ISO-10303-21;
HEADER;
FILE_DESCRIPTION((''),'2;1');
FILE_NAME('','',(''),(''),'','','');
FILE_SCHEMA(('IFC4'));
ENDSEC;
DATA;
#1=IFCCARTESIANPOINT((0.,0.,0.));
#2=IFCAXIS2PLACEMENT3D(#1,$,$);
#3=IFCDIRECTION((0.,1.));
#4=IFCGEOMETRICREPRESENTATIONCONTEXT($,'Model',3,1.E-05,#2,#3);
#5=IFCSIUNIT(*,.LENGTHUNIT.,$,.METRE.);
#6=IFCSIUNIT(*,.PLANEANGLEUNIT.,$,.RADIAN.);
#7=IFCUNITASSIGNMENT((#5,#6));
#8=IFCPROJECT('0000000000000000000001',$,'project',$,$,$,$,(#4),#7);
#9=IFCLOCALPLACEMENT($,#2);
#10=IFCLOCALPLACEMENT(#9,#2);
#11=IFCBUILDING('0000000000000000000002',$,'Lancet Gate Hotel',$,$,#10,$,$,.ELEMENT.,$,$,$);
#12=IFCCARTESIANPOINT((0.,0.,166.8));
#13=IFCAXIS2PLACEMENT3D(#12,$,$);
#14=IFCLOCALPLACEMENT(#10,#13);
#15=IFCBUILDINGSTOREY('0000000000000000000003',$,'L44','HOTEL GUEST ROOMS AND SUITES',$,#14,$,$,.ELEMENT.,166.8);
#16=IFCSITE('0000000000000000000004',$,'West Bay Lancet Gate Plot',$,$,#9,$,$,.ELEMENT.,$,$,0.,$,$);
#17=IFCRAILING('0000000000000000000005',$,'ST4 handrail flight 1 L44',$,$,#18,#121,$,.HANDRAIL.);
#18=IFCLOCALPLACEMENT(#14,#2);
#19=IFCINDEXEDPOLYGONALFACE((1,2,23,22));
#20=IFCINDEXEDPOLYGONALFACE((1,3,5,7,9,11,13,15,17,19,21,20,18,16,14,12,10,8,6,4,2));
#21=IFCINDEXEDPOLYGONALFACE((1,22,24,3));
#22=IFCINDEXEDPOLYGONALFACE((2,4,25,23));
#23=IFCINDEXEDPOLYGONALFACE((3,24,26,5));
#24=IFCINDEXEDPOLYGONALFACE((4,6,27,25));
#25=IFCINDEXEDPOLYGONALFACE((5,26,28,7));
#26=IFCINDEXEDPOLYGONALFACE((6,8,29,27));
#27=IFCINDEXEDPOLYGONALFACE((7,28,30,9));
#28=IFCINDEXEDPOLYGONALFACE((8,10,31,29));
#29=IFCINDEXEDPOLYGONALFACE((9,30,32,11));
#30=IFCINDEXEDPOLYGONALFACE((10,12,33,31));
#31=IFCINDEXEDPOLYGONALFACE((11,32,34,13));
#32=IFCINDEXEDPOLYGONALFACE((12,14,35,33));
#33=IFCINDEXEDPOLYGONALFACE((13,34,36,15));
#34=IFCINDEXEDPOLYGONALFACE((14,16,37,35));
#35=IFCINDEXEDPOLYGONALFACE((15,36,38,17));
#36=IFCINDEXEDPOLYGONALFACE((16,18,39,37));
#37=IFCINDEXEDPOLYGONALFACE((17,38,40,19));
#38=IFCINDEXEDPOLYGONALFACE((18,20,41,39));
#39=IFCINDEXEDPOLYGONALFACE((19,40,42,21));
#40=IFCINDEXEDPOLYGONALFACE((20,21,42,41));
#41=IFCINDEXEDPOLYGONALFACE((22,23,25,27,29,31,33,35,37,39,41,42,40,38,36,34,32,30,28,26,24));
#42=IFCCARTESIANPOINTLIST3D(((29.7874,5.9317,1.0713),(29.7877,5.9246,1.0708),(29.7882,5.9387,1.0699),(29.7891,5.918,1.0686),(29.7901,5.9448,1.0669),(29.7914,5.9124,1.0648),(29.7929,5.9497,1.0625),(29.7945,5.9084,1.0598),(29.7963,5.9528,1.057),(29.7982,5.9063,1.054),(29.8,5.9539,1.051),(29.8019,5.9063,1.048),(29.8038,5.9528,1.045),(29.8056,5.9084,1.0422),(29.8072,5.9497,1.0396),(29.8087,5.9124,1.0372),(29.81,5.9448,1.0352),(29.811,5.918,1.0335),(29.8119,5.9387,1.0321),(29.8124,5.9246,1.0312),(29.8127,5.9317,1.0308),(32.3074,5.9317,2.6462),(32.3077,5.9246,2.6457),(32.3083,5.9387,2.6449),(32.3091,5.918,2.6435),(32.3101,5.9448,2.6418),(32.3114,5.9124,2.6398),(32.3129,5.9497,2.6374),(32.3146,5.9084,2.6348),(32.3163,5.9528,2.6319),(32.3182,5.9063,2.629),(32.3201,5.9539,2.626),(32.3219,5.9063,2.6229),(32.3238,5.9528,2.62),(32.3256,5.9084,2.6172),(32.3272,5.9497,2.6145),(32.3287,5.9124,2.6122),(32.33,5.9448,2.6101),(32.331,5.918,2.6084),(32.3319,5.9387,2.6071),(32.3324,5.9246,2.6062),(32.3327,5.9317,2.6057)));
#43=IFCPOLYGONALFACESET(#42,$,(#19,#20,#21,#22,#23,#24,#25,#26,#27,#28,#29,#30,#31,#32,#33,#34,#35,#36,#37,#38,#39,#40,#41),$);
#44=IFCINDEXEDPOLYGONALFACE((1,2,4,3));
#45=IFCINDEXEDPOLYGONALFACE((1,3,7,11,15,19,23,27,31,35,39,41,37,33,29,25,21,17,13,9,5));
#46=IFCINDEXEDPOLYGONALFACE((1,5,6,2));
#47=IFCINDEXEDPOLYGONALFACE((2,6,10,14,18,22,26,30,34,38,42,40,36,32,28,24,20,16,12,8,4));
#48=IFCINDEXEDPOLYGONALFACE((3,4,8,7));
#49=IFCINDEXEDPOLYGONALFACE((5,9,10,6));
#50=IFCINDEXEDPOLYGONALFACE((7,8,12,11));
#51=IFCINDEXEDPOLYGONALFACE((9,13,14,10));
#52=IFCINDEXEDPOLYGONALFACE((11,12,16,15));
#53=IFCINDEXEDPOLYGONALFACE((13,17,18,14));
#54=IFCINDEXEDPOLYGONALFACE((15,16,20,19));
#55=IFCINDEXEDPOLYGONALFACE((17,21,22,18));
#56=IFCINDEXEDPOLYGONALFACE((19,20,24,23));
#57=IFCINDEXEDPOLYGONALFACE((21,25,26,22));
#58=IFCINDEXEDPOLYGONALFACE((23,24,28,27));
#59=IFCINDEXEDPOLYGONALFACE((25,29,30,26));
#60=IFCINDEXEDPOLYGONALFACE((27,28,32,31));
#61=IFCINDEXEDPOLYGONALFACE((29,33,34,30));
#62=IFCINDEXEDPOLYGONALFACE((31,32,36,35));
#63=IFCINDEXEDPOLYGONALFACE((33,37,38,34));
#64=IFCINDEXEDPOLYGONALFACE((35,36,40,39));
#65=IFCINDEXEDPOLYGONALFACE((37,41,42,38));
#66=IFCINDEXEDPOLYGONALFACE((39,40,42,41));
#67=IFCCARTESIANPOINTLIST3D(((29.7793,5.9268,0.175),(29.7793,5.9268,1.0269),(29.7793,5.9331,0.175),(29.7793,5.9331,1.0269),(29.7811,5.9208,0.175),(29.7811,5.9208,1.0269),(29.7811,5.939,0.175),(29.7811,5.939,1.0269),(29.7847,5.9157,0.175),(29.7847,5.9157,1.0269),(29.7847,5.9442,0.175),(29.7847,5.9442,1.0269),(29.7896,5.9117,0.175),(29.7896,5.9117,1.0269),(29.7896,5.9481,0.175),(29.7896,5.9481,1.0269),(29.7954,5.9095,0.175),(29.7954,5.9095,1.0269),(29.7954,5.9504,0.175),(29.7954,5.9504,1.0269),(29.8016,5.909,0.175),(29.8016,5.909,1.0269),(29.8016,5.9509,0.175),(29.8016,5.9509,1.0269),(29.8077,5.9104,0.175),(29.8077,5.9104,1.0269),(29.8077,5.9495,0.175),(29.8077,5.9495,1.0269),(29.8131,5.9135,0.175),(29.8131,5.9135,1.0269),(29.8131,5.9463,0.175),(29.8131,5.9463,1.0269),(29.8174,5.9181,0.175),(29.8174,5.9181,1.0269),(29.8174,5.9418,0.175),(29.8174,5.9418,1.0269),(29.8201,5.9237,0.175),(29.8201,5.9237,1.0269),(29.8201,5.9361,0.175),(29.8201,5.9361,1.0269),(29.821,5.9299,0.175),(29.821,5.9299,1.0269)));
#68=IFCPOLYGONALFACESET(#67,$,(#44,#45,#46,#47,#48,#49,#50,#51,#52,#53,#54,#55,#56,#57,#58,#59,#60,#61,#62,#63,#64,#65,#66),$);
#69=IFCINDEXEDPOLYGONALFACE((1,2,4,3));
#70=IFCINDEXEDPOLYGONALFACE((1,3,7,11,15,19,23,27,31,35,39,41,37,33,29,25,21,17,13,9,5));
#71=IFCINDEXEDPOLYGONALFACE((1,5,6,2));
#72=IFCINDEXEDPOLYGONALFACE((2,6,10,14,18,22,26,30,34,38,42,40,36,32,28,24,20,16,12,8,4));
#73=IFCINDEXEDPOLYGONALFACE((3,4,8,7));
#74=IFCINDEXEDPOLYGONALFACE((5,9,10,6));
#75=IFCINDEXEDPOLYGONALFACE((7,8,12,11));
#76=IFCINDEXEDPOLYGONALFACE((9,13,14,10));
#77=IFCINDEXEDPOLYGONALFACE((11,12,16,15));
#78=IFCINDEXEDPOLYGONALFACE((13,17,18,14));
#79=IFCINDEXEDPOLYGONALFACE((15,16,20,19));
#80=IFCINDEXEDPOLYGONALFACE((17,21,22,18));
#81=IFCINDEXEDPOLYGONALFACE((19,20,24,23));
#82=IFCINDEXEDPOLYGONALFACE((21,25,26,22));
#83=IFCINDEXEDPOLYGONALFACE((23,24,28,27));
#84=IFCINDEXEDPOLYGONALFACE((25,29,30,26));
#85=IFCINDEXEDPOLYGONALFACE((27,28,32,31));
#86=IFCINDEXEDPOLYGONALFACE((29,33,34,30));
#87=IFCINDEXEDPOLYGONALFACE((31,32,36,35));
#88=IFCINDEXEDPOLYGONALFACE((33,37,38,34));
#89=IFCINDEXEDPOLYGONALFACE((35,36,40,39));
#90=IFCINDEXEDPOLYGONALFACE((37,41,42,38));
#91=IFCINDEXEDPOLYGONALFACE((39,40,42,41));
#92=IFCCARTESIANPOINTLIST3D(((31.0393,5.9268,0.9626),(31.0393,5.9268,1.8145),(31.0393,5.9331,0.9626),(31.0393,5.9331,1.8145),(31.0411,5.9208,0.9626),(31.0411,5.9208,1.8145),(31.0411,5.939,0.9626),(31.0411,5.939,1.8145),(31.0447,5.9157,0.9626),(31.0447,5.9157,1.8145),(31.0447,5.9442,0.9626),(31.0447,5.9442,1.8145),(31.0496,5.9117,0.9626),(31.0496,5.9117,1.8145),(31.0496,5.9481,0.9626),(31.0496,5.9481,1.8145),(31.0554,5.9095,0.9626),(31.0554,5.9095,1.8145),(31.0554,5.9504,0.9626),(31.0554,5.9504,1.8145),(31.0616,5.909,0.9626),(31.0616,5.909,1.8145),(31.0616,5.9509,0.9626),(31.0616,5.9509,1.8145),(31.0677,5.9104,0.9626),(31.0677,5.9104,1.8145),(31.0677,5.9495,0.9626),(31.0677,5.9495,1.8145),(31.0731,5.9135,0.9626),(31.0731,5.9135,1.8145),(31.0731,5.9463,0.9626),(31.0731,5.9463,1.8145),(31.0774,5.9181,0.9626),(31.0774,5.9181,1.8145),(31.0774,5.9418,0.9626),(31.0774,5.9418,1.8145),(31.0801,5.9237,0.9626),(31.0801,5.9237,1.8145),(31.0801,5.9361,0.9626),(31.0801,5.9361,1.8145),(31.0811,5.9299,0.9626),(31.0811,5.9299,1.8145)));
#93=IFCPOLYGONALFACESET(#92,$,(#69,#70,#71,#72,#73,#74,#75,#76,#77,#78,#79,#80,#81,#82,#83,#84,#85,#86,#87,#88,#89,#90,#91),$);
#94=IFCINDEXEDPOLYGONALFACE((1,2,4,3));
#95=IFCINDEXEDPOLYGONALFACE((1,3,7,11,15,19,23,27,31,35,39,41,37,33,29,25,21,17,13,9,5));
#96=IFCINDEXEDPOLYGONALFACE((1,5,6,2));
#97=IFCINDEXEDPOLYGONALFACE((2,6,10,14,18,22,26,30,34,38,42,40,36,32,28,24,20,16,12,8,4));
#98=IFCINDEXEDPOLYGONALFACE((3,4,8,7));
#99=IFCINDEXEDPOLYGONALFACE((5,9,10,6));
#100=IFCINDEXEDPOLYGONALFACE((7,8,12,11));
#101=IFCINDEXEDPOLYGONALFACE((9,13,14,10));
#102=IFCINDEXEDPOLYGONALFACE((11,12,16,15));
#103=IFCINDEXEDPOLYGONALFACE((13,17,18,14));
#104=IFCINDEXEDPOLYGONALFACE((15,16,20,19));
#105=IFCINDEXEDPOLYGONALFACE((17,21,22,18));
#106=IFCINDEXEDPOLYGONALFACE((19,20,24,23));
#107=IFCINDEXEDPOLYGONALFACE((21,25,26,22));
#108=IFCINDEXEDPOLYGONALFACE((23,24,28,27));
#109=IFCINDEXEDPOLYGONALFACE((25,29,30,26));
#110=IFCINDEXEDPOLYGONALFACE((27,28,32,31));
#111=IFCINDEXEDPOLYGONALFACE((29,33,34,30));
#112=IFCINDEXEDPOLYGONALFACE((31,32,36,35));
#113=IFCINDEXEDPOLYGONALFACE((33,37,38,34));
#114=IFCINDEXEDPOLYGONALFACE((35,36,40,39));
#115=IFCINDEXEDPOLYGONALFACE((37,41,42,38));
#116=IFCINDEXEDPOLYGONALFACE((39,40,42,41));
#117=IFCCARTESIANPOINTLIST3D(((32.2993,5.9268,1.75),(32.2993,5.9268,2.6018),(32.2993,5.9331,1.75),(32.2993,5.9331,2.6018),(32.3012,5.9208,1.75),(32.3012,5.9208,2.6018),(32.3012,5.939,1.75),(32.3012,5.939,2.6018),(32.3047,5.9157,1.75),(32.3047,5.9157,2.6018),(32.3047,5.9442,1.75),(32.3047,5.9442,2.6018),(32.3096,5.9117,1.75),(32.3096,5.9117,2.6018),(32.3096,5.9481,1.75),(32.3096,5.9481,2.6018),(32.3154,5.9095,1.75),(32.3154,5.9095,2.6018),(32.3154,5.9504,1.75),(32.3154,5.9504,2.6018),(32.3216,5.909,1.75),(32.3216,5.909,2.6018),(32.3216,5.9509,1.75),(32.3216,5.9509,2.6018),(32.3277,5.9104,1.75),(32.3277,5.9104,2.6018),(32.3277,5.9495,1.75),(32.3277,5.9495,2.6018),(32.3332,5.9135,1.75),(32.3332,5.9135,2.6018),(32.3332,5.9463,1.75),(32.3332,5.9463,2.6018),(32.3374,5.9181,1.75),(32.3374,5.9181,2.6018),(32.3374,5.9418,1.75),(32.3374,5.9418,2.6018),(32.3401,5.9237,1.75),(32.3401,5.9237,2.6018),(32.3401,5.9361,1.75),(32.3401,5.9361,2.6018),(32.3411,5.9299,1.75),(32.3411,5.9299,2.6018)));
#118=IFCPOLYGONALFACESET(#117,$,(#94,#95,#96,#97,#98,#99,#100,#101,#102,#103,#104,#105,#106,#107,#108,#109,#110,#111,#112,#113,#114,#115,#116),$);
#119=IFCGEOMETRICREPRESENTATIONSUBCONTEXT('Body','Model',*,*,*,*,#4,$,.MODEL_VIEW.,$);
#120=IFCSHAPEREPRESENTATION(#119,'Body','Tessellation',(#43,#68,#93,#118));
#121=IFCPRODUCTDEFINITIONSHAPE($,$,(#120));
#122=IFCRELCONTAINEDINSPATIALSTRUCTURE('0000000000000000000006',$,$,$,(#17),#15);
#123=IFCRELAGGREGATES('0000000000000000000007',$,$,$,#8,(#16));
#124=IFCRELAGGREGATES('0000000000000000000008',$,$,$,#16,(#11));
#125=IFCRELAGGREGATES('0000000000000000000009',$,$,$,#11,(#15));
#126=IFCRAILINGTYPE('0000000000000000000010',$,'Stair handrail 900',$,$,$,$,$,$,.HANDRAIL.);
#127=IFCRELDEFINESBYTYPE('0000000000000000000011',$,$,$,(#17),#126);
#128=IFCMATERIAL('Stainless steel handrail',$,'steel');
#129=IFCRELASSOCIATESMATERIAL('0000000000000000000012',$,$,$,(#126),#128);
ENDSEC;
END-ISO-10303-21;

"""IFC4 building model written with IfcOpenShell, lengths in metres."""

from ifc_helpers import new_model, si_unit, direction, frame, origin, origin_2d, place, context, subcontext, project, spatial, circle, extrude, material, type_object, element, save


model = new_model("IFC4")

# Units and contexts
model_context = context("Model", 3, precision=1e-05, world=origin(), true_north=direction((0.0, 1.0)))
body_context = subcontext(model_context, "Body", "Model", "MODEL_VIEW")
ifc_project = project(units=[si_unit("LENGTHUNIT", "METRE"), si_unit("PLANEANGLEUNIT", "RADIAN")], contexts=[model_context])

# Site, building, storey
site_placement = place(None, origin())
site = spatial("IfcSite", under=ifc_project, at=site_placement, Name="West Bay Lancet Gate Plot", CompositionType="ELEMENT", RefElevation=0.0)
building_placement = place(site_placement, origin())
building = spatial("IfcBuilding", under=site, at=building_placement, Name="Lancet Gate Hotel", CompositionType="ELEMENT")
storey_placement = place(building_placement, frame((0.0, 0.0, 166.8)))
storey = spatial("IfcBuildingStorey", under=building, at=storey_placement, Name="L44", Description="HOTEL GUEST ROOMS AND SUITES", CompositionType="ELEMENT", Elevation=166.8)

# Railing
ifc_material_1 = material(Name="Stainless steel handrail", Category="steel")
railing_type = type_object("IfcRailingType", Name="Stair handrail 900", PredefinedType="HANDRAIL", material=ifc_material_1)
railing_1_placement = place(storey_placement, frame((29.8, 5.9299, 0.175)))
element("IfcRailing", 1, at=railing_1_placement, inside=storey, type_object=railing_type, Name="ST4 handrail flight 1 L44", PredefinedType="HANDRAIL", context=body_context, shape_type="SweptSolid", body=[
    extrude(circle(Radius=0.0239, at=origin_2d()), frame((0.0, 0.0, 0.876), z_axis=(0.848008, 0.0, 0.529984), x_axis=(0.0, 1.0, 0.0)), (0.0, 0.0, 1.0), 2.9717),
    extrude(circle(Radius=0.021, at=origin_2d()), origin(), (0.0, 0.0, 1.0), 0.8518),
    extrude(circle(Radius=0.021, at=origin_2d()), frame((1.26, 0.0, 0.7876)), (0.0, 0.0, 1.0), 0.8518),
    extrude(circle(Radius=0.021, at=origin_2d()), frame((2.52, 0.0, 1.575)), (0.0, 0.0, 1.0), 0.8518),
])

save(model, "model.ifc")
